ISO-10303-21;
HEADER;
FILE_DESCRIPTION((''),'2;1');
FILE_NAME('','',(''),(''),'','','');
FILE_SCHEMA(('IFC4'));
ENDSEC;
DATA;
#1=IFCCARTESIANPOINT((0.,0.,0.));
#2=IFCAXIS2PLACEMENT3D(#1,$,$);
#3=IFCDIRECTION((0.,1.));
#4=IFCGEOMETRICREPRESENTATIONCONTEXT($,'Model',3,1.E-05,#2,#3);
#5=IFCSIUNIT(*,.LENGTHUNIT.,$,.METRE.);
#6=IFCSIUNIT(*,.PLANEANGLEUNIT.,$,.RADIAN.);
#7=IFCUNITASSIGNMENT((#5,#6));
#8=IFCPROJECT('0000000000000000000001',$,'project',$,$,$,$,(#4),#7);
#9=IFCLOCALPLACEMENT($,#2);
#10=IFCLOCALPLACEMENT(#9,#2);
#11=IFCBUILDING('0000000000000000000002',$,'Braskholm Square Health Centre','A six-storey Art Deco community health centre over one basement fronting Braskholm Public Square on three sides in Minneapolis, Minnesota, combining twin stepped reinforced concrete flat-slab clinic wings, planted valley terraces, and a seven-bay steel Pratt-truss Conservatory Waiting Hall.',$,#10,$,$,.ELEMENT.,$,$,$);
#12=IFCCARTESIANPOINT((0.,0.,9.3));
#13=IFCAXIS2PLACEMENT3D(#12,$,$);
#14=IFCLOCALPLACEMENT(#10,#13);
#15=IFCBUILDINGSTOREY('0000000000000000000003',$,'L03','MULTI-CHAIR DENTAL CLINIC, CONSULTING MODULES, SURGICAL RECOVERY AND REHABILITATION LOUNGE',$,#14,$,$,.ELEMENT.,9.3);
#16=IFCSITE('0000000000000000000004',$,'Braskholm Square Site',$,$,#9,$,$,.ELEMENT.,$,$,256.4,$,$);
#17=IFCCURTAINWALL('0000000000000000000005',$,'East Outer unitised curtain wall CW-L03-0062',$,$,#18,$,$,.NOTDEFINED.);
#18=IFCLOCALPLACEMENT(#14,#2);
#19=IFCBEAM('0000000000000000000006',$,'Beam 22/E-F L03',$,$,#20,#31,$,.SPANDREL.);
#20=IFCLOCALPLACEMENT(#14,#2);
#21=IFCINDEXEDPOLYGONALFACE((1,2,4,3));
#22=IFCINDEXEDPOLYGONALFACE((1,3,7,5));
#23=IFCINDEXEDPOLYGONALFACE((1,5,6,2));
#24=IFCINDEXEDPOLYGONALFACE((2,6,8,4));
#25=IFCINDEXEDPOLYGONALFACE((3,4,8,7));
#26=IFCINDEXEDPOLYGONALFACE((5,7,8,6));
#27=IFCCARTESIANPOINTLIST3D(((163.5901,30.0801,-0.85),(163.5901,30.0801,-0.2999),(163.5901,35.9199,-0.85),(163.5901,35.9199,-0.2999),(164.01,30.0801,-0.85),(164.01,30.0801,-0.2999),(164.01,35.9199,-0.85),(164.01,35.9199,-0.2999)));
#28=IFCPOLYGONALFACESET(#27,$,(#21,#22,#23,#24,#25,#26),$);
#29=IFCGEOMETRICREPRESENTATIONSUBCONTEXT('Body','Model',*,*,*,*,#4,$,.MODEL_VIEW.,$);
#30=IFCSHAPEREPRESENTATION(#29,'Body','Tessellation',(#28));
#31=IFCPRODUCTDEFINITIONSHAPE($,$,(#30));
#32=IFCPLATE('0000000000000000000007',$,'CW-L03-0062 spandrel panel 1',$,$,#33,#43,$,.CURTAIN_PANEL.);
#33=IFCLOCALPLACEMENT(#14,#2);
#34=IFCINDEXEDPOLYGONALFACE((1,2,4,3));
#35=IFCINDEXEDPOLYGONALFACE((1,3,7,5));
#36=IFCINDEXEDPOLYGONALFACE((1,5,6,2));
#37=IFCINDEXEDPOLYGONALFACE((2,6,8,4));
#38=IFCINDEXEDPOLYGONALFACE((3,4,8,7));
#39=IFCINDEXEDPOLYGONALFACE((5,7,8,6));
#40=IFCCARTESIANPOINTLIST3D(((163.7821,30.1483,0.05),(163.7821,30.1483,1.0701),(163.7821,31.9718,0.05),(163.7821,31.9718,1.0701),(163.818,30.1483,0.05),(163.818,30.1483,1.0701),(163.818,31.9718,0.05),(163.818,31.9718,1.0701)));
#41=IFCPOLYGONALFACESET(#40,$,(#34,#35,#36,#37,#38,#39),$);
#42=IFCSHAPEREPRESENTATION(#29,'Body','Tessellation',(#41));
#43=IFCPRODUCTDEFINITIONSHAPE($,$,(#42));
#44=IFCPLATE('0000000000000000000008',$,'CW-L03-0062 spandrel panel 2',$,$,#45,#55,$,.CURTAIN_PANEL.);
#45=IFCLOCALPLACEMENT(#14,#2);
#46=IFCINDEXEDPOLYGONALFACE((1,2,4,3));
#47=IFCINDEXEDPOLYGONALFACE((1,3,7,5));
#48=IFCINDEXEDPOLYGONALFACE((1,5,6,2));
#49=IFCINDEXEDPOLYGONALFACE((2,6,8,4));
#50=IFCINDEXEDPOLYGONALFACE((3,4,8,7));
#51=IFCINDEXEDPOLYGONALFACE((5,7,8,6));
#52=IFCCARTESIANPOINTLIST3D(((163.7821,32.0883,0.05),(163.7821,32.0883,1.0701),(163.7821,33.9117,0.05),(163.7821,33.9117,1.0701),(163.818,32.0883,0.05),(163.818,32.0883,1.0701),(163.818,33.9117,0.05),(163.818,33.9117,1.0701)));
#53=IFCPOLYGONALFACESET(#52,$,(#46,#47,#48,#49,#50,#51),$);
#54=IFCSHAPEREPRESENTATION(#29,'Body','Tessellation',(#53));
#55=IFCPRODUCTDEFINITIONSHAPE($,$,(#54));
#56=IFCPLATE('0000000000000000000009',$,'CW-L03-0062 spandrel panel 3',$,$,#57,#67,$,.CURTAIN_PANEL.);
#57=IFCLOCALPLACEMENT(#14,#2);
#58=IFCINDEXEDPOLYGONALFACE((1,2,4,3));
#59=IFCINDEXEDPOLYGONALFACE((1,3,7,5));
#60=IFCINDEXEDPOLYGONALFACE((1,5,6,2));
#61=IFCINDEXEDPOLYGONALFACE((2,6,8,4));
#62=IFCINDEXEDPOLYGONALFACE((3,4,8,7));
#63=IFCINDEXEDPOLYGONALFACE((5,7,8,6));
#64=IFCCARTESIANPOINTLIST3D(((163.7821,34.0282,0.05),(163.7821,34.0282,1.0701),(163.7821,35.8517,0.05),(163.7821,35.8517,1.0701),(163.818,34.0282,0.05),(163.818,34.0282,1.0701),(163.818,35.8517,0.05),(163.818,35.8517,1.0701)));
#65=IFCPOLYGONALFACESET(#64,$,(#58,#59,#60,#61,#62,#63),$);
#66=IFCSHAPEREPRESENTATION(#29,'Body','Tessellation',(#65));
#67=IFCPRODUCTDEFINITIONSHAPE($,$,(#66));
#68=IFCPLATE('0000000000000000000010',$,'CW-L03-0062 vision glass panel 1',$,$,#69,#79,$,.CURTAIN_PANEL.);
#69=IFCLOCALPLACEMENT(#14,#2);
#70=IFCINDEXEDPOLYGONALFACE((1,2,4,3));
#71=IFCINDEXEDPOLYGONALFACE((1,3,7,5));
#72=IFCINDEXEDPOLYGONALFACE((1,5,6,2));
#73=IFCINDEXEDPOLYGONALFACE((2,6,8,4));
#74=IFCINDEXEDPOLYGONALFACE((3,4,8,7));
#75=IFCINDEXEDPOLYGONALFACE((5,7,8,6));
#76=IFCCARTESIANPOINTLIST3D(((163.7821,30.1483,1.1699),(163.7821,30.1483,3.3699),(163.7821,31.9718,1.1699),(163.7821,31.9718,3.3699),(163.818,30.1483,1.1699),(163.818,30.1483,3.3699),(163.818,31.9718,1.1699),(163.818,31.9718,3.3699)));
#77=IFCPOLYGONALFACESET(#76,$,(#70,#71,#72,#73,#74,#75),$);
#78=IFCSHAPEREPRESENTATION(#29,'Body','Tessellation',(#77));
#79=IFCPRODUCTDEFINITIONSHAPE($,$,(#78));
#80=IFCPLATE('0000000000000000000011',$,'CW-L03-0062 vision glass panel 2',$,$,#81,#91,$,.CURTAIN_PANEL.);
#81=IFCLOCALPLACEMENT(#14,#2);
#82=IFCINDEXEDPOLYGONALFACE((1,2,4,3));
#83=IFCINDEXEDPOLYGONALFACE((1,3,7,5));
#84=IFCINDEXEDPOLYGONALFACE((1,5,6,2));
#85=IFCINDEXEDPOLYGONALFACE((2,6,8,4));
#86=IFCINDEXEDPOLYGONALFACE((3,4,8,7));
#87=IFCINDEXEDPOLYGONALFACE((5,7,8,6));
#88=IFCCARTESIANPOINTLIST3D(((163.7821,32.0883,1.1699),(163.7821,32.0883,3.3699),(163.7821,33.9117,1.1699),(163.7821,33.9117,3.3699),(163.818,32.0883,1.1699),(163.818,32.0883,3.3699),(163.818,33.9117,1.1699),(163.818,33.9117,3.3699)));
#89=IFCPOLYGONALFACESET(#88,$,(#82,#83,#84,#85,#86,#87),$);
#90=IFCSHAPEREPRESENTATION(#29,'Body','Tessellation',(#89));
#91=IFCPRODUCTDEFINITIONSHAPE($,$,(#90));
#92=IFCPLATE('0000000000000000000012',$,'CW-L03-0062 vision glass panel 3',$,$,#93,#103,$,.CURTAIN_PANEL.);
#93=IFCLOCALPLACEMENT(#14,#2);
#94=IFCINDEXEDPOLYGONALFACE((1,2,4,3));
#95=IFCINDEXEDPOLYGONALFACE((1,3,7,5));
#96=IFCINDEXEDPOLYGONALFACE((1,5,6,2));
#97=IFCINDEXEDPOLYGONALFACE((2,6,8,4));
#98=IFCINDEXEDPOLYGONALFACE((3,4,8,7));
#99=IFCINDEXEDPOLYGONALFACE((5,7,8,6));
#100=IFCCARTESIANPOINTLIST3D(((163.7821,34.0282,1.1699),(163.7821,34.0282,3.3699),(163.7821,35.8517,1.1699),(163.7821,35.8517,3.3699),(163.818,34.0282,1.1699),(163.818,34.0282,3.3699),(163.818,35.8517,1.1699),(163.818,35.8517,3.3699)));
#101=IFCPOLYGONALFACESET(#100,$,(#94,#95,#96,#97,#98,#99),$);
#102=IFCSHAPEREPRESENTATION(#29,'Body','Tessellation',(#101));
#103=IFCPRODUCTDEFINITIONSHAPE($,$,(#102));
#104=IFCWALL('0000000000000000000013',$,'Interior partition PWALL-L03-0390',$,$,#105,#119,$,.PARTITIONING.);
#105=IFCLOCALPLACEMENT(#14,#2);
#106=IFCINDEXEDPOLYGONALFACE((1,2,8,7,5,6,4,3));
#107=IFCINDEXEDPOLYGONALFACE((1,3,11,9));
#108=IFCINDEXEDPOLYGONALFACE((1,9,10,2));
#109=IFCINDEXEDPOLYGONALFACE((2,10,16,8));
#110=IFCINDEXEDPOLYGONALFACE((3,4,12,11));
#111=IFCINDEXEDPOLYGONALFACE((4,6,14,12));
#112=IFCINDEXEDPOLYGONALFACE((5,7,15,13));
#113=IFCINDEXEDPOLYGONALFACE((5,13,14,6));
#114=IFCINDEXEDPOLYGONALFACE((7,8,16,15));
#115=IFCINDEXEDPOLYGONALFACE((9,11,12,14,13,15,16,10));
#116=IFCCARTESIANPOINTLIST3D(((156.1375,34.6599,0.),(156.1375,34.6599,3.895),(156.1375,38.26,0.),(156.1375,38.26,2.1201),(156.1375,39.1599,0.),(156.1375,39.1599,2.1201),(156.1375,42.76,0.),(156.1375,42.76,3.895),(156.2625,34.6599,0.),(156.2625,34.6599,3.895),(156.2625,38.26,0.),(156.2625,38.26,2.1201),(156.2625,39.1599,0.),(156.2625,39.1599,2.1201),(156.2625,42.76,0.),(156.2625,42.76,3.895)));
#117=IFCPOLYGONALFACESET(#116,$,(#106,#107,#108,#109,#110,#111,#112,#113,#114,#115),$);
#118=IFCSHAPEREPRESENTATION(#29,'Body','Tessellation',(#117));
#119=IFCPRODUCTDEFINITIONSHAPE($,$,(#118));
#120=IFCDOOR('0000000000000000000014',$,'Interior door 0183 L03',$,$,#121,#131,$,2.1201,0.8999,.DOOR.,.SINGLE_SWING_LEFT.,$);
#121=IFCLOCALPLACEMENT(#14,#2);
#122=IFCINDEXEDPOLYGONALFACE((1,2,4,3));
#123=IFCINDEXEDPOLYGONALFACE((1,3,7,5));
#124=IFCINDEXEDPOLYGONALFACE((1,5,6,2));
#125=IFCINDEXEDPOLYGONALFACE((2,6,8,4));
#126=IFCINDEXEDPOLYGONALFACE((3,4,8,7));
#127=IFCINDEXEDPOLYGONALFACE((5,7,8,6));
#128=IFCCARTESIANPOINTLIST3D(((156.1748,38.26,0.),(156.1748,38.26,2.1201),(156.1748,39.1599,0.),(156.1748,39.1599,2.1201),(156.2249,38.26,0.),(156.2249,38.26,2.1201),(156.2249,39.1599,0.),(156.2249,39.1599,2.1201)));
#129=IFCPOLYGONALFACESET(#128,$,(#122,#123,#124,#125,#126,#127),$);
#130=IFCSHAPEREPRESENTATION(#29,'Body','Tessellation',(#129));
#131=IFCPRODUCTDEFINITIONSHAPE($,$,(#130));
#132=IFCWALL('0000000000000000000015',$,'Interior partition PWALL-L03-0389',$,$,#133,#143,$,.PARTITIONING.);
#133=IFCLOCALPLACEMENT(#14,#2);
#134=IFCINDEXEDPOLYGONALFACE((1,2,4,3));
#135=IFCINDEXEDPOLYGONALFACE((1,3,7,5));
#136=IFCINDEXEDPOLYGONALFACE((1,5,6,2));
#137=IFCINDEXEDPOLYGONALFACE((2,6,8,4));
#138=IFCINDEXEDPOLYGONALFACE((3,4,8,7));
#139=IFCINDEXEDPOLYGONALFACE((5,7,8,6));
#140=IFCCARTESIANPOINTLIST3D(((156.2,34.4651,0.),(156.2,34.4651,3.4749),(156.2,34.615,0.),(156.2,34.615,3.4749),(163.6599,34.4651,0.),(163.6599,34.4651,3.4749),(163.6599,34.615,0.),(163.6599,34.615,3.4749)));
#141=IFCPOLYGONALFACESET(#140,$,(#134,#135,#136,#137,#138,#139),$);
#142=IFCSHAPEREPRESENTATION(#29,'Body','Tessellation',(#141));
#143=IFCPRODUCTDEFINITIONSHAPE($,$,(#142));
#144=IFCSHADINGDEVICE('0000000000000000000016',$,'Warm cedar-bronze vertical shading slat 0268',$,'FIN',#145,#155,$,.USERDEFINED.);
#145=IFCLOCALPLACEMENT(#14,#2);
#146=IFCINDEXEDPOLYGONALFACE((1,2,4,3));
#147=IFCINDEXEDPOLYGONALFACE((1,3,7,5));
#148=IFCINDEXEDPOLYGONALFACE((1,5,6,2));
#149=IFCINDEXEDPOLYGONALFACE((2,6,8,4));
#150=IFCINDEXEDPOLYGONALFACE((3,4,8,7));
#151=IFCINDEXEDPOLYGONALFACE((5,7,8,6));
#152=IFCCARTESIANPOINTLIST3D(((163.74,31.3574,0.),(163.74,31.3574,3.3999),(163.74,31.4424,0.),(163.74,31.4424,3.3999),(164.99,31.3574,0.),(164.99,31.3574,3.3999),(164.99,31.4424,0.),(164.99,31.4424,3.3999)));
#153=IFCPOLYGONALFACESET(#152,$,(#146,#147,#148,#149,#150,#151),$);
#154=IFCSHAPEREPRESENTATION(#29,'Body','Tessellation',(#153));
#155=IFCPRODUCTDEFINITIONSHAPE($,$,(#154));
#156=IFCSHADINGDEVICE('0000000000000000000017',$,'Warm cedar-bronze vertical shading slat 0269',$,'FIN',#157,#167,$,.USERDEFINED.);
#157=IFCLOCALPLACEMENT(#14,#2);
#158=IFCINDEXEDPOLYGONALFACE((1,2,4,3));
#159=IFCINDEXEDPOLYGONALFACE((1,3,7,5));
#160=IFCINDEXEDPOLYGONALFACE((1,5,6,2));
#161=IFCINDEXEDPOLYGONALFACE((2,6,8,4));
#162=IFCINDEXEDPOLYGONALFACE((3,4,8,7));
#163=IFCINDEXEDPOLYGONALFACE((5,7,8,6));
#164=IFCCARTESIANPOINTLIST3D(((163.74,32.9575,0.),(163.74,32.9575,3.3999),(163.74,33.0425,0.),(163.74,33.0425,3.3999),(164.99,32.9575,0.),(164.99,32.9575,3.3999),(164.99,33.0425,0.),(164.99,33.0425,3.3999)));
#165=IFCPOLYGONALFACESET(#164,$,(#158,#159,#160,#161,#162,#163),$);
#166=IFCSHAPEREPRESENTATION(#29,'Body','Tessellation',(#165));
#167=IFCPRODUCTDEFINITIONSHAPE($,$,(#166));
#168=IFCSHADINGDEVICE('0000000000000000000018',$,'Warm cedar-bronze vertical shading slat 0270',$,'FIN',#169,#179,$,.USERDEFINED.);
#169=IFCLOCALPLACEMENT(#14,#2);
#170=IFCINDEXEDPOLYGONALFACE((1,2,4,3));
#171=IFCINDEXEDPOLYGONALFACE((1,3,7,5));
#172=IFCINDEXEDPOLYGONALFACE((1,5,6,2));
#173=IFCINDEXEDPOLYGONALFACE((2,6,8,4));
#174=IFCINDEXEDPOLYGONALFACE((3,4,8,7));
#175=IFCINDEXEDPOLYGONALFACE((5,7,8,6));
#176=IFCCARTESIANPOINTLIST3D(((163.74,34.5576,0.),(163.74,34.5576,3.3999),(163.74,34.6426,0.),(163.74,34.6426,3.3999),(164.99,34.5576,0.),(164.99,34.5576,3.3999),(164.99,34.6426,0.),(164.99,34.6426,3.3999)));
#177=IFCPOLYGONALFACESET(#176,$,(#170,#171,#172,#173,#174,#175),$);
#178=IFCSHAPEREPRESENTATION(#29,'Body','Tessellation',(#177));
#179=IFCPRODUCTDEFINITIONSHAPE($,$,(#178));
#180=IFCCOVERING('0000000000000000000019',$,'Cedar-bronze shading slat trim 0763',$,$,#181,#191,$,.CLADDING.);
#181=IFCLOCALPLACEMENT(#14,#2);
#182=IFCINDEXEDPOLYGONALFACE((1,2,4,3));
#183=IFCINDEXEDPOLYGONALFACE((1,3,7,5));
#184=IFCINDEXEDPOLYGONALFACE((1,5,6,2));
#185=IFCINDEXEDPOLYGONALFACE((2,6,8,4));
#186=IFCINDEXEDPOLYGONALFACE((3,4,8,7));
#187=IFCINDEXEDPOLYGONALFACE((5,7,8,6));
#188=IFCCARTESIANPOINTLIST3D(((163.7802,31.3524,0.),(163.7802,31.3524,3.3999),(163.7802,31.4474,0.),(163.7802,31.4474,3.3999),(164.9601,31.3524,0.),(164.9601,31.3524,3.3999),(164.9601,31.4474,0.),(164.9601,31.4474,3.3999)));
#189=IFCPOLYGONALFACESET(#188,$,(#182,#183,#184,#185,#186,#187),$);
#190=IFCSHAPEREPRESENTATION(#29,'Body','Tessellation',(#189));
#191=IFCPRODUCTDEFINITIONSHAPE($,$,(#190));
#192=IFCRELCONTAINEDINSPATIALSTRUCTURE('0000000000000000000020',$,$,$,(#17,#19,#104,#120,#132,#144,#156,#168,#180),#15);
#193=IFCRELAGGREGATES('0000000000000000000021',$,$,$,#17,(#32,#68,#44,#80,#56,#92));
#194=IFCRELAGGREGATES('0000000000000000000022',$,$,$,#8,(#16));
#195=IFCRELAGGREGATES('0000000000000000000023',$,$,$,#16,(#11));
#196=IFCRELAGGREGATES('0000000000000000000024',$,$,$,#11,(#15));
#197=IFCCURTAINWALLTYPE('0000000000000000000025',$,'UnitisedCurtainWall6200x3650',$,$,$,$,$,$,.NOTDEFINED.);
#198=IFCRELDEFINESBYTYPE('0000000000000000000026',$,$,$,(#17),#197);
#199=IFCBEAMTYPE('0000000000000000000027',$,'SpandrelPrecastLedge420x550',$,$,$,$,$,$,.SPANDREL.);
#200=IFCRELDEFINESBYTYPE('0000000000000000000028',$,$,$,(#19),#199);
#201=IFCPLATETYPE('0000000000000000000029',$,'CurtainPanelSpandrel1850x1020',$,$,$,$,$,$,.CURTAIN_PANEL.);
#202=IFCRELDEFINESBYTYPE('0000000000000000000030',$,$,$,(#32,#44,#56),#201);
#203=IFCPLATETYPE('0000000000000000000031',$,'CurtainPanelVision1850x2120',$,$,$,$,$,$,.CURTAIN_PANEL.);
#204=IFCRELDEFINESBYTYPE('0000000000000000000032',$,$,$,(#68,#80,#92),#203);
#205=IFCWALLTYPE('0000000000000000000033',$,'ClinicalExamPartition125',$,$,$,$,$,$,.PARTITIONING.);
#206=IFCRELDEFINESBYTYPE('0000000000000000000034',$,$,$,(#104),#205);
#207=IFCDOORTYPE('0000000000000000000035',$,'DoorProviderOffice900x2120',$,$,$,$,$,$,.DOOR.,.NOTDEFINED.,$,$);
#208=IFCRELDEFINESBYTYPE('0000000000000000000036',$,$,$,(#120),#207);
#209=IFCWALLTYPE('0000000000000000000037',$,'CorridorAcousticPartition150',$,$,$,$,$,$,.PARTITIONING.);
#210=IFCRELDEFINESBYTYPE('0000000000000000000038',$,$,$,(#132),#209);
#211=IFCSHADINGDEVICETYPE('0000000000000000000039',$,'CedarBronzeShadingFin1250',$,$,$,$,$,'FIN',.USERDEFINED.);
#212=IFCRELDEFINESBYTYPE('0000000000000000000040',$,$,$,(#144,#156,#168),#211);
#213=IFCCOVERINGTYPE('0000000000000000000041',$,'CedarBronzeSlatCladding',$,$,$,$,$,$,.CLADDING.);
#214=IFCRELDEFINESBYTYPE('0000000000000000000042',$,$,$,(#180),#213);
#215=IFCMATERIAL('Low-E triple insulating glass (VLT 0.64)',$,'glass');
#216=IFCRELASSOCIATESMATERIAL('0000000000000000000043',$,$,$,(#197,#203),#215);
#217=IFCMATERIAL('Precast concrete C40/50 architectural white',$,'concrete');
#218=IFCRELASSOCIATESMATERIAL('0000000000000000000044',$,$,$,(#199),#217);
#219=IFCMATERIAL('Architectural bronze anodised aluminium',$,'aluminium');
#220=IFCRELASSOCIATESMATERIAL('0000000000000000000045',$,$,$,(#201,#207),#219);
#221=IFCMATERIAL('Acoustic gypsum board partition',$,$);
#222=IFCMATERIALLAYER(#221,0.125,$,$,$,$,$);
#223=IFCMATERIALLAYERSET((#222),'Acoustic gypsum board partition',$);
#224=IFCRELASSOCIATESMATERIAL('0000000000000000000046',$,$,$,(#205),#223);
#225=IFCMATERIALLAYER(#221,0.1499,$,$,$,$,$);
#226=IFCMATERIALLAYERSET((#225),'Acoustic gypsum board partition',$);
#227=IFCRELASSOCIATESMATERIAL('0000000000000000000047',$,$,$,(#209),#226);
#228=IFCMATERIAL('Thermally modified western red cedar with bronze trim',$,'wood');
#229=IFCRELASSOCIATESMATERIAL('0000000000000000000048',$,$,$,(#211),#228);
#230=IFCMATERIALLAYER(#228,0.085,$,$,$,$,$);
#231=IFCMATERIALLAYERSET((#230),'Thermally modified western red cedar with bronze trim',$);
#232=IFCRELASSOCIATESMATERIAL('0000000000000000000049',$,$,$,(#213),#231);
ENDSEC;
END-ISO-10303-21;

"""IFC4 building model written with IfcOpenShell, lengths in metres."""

from ifc_helpers import new_model, si_unit, direction, frame, frame_2d, origin, origin_2d, place, context, subcontext, project, spatial, rectangle, extrude, material, layer, layer_set, material_profile, profile_set, type_object, element, fill, aggregate, save


model = new_model("IFC4")

# Units and contexts
model_context = context("Model", 3, precision=1e-05, world=origin(), true_north=direction((0.0, 1.0)))
body_context = subcontext(model_context, "Body", "Model", "MODEL_VIEW")
ifc_project = project(units=[si_unit("LENGTHUNIT", "METRE"), si_unit("PLANEANGLEUNIT", "RADIAN")], contexts=[model_context])

# Site, building, storey
site_placement = place(None, origin())
site = spatial("IfcSite", under=ifc_project, at=site_placement, Name="Braskholm Square Site", CompositionType="ELEMENT", RefElevation=256.4)
building_placement = place(site_placement, origin())
building = spatial("IfcBuilding", under=site, at=building_placement, Name="Braskholm Square Health Centre", Description="A six-storey Art Deco community health centre over one basement fronting Braskholm Public Square on three sides in Minneapolis, Minnesota, combining twin stepped reinforced concrete flat-slab clinic wings, planted valley terraces, and a seven-bay steel Pratt-truss Conservatory Waiting Hall.", CompositionType="ELEMENT")
storey_placement = place(building_placement, frame((0.0, 0.0, 9.3)))
storey = spatial("IfcBuildingStorey", under=building, at=storey_placement, Name="L03", Description="MULTI-CHAIR DENTAL CLINIC, CONSULTING MODULES, SURGICAL RECOVERY AND REHABILITATION LOUNGE", CompositionType="ELEMENT", Elevation=9.3)

# Shared definitions
ifc_material_1 = material(Name="Precast concrete C40/50 architectural white", Category="concrete")

# Curtain wall
ifc_material_2 = material(Name="Low-E triple insulating glass (VLT 0.64)", Category="glass")
curtain_wall_type = type_object("IfcCurtainWallType", Name="UnitisedCurtainWall6200x3650", PredefinedType="NOTDEFINED", material=ifc_material_2)
curtain_wall_placement = place(storey_placement, origin())
curtain_wall = element("IfcCurtainWall", 1, at=curtain_wall_placement, inside=storey, type_object=curtain_wall_type, Name="East Outer unitised curtain wall CW-L03-0062", PredefinedType="NOTDEFINED")
ifc_material_3 = material(Name="Architectural bronze anodised aluminium", Category="aluminium")

# Beam
ifc_material_profile_1 = material_profile(ifc_material_1, rectangle(XDim=0.4199, YDim=0.55, at=origin_2d()), Name="RCB-420X550")
ifc_profile_set_1 = profile_set([ifc_material_profile_1], Name="Precast concrete C40/50 architectural white")
beam_type_1 = type_object("IfcBeamType", Name="SpandrelPrecastLedge420x550", PredefinedType="SPANDREL", material=ifc_profile_set_1)
beam_1_placement = place(storey_placement, frame((163.8, 30.0801, -0.575), z_axis=(0.0, 1.0, 0.0), x_axis=(-1.0, 0.0, 0.0)))
element("IfcBeam", 2, at=beam_1_placement, inside=storey, type_object=beam_type_1, Name="Beam 22/E-F L03", PredefinedType="SPANDREL", context=body_context, shape_type="SweptSolid", body=[
    extrude(rectangle(XDim=0.4199, YDim=0.55, at=origin_2d()), origin(), (0.0, 0.0, 1.0), 5.8398),
])

# Plates
plate_type_1 = type_object("IfcPlateType", Name="CurtainPanelSpandrel1850x1020", PredefinedType="CURTAIN_PANEL", material=ifc_material_3)
plate_1_placement = place(storey_placement, frame((163.8, 31.0601, 0.05), z_axis=(0.0, 0.0, 1.0), x_axis=(0.0, 1.0, 0.0)))
plate_1 = element("IfcPlate", 3, at=plate_1_placement, type_object=plate_type_1, Name="CW-L03-0062 spandrel panel 1", PredefinedType="CURTAIN_PANEL", context=body_context, shape_type="SweptSolid", body=[
    extrude(rectangle(XDim=1.8235, YDim=0.0359, at=origin_2d()), origin(), (0.0, 0.0, 1.0), 1.02),
])
plate_2_placement = place(storey_placement, frame((163.8, 33.0, 0.05), z_axis=(0.0, 0.0, 1.0), x_axis=(0.0, 1.0, 0.0)))
plate_2 = element("IfcPlate", 4, at=plate_2_placement, type_object=plate_type_1, Name="CW-L03-0062 spandrel panel 2", PredefinedType="CURTAIN_PANEL", context=body_context, shape_type="SweptSolid", body=[
    extrude(rectangle(XDim=1.8235, YDim=0.0359, at=origin_2d()), origin(), (0.0, 0.0, 1.0), 1.02),
])
plate_3_placement = place(storey_placement, frame((163.8, 34.9399, 0.05), z_axis=(0.0, 0.0, 1.0), x_axis=(0.0, 1.0, 0.0)))
plate_3 = element("IfcPlate", 5, at=plate_3_placement, type_object=plate_type_1, Name="CW-L03-0062 spandrel panel 3", PredefinedType="CURTAIN_PANEL", context=body_context, shape_type="SweptSolid", body=[
    extrude(rectangle(XDim=1.8235, YDim=0.0359, at=origin_2d()), origin(), (0.0, 0.0, 1.0), 1.02),
])
plate_type_2 = type_object("IfcPlateType", Name="CurtainPanelVision1850x2120", PredefinedType="CURTAIN_PANEL", material=ifc_material_2)
plate_4_placement = place(storey_placement, frame((163.8, 31.0601, 1.1699), z_axis=(0.0, 0.0, 1.0), x_axis=(0.0, 1.0, 0.0)))
plate_4 = element("IfcPlate", 6, at=plate_4_placement, type_object=plate_type_2, Name="CW-L03-0062 vision glass panel 1", PredefinedType="CURTAIN_PANEL", context=body_context, shape_type="SweptSolid", body=[
    extrude(rectangle(XDim=1.8235, YDim=0.0359, at=origin_2d()), origin(), (0.0, 0.0, 1.0), 2.2),
])
plate_5_placement = place(storey_placement, frame((163.8, 33.0, 1.1699), z_axis=(0.0, 0.0, 1.0), x_axis=(0.0, 1.0, 0.0)))
plate_5 = element("IfcPlate", 7, at=plate_5_placement, type_object=plate_type_2, Name="CW-L03-0062 vision glass panel 2", PredefinedType="CURTAIN_PANEL", context=body_context, shape_type="SweptSolid", body=[
    extrude(rectangle(XDim=1.8235, YDim=0.0359, at=origin_2d()), origin(), (0.0, 0.0, 1.0), 2.2),
])
plate_6_placement = place(storey_placement, frame((163.8, 34.9399, 1.1699), z_axis=(0.0, 0.0, 1.0), x_axis=(0.0, 1.0, 0.0)))
plate_6 = element("IfcPlate", 8, at=plate_6_placement, type_object=plate_type_2, Name="CW-L03-0062 vision glass panel 3", PredefinedType="CURTAIN_PANEL", context=body_context, shape_type="SweptSolid", body=[
    extrude(rectangle(XDim=1.8235, YDim=0.0359, at=origin_2d()), origin(), (0.0, 0.0, 1.0), 2.2),
])
aggregate(curtain_wall, [plate_1, plate_4, plate_2, plate_5, plate_3, plate_6])

# Wall, opening, door
ifc_material_4 = material(Name="Acoustic gypsum board partition")
ifc_layer_1 = layer(ifc_material_4, 0.125)
ifc_layer_set_1 = layer_set([ifc_layer_1], Name="Acoustic gypsum board partition")
wall_type_1 = type_object("IfcWallType", Name="ClinicalExamPartition125", PredefinedType="PARTITIONING", material=ifc_layer_set_1)
wall_1_placement = place(storey_placement, frame((156.2, 34.6599, 0.0), z_axis=(0.0, 0.0, 1.0), x_axis=(0.0, 1.0, 0.0)))
wall_1 = element("IfcWall", 9, at=wall_1_placement, inside=storey, type_object=wall_type_1, Name="Interior partition PWALL-L03-0390", PredefinedType="PARTITIONING", context=body_context, shape_type="SweptSolid", body=[
    extrude(rectangle(XDim=8.1001, YDim=0.125, at=frame_2d((4.05, 0.0))), origin(), (0.0, 0.0, 1.0), 3.895),
])
opening_placement = place(wall_1_placement, frame((3.6001, 0.0, 0.0)))
opening = element("IfcOpeningElement", 10, at=opening_placement, cuts=wall_1, PredefinedType="OPENING", context=body_context, shape_type="SweptSolid", body=[
    extrude(rectangle(XDim=0.8999, YDim=2.1201, at=frame_2d((0.45, 1.0601))), frame((0.0, 0.0725, 0.0), z_axis=(0.0, -1.0, 0.0), x_axis=(1.0, 0.0, 0.0)), (0.0, 0.0, 1.0), 0.145),
])
door_type = type_object("IfcDoorType", Name="DoorProviderOffice900x2120", OperationType="NOTDEFINED", PredefinedType="DOOR", material=ifc_material_3)
door_placement = place(opening_placement, frame((0.8999, 0.0, 0.0), z_axis=(0.0, 0.0, 1.0), x_axis=(-1.0, 0.0, 0.0)))
door = element("IfcDoor", 11, at=door_placement, inside=storey, type_object=door_type, Name="Interior door 0183 L03", OperationType="SINGLE_SWING_LEFT", OverallHeight=2.1201, OverallWidth=0.8999, PredefinedType="DOOR", context=body_context, shape_type="SweptSolid", body=[
    extrude(rectangle(XDim=0.8999, YDim=2.1201, at=frame_2d((0.45, 1.0601))), frame((0.0, 0.0249, 0.0), z_axis=(0.0, -1.0, 0.0), x_axis=(1.0, 0.0, 0.0)), (0.0, 0.0, 1.0), 0.05),
])
fill(opening, door)

# Wall
ifc_layer_2 = layer(ifc_material_4, 0.1499)
ifc_layer_set_2 = layer_set([ifc_layer_2], Name="Acoustic gypsum board partition")
wall_type_2 = type_object("IfcWallType", Name="CorridorAcousticPartition150", PredefinedType="PARTITIONING", material=ifc_layer_set_2)
wall_2_placement = place(storey_placement, frame((156.2, 34.54, 0.0), z_axis=(0.0, 0.0, 1.0), x_axis=(1.0, 0.0, 0.0)))
element("IfcWall", 12, at=wall_2_placement, inside=storey, type_object=wall_type_2, Name="Interior partition PWALL-L03-0389", PredefinedType="PARTITIONING", context=body_context, shape_type="SweptSolid", body=[
    extrude(rectangle(XDim=7.46, YDim=0.1499, at=frame_2d((3.73, 0.0))), origin(), (0.0, 0.0, 1.0), 3.4749),
])

# Shading devices
ifc_material_5 = material(Name="Thermally modified western red cedar with bronze trim", Category="wood")
shading_device_type = type_object("IfcShadingDeviceType", Name="CedarBronzeShadingFin1250", ElementType="FIN", PredefinedType="USERDEFINED", material=ifc_material_5)
for number, where, z_axis, x_axis, name in (
    (13, (164.365, 31.3999, 0.0), (0.0, 0.0, 1.0), (1.0, 0.0, 0.0), "Warm cedar-bronze vertical shading slat 0268"),
    (14, (164.365, 33.0, 0.0), (0.0, 0.0, 1.0), (1.0, 0.0, 0.0), "Warm cedar-bronze vertical shading slat 0269"),
    (15, (164.365, 34.6001, 0.0), (0.0, 0.0, 1.0), (1.0, 0.0, 0.0), "Warm cedar-bronze vertical shading slat 0270"),
):
    element("IfcShadingDevice", number, at=place(storey_placement, frame(where, z_axis=z_axis, x_axis=x_axis)), inside=storey, type_object=shading_device_type, Name=name, ObjectType="FIN", PredefinedType="USERDEFINED", context=body_context, shape_type="SweptSolid", body=[
        extrude(rectangle(XDim=1.25, YDim=0.085, at=origin_2d()), origin(), (0.0, 0.0, 1.0), 3.3999),
    ])

# Covering
ifc_layer_3 = layer(ifc_material_5, 0.085)
ifc_layer_set_3 = layer_set([ifc_layer_3], Name="Thermally modified western red cedar with bronze trim")
covering_type_1 = type_object("IfcCoveringType", Name="CedarBronzeSlatCladding", PredefinedType="CLADDING", material=ifc_layer_set_3)
for number, where, z_axis, x_axis, name in (
    (16, (164.3701, 31.3999, 0.0), (0.0, 0.0, 1.0), (1.0, 0.0, 0.0), "Cedar-bronze shading slat trim 0763"),
):
    element("IfcCovering", number, at=place(storey_placement, frame(where, z_axis=z_axis, x_axis=x_axis)), inside=storey, type_object=covering_type_1, Name=name, PredefinedType="CLADDING", context=body_context, shape_type="SweptSolid", body=[
        extrude(rectangle(XDim=1.1799, YDim=0.095, at=origin_2d()), origin(), (0.0, 0.0, 1.0), 3.3999),
    ])

save(model, "model.ifc")
